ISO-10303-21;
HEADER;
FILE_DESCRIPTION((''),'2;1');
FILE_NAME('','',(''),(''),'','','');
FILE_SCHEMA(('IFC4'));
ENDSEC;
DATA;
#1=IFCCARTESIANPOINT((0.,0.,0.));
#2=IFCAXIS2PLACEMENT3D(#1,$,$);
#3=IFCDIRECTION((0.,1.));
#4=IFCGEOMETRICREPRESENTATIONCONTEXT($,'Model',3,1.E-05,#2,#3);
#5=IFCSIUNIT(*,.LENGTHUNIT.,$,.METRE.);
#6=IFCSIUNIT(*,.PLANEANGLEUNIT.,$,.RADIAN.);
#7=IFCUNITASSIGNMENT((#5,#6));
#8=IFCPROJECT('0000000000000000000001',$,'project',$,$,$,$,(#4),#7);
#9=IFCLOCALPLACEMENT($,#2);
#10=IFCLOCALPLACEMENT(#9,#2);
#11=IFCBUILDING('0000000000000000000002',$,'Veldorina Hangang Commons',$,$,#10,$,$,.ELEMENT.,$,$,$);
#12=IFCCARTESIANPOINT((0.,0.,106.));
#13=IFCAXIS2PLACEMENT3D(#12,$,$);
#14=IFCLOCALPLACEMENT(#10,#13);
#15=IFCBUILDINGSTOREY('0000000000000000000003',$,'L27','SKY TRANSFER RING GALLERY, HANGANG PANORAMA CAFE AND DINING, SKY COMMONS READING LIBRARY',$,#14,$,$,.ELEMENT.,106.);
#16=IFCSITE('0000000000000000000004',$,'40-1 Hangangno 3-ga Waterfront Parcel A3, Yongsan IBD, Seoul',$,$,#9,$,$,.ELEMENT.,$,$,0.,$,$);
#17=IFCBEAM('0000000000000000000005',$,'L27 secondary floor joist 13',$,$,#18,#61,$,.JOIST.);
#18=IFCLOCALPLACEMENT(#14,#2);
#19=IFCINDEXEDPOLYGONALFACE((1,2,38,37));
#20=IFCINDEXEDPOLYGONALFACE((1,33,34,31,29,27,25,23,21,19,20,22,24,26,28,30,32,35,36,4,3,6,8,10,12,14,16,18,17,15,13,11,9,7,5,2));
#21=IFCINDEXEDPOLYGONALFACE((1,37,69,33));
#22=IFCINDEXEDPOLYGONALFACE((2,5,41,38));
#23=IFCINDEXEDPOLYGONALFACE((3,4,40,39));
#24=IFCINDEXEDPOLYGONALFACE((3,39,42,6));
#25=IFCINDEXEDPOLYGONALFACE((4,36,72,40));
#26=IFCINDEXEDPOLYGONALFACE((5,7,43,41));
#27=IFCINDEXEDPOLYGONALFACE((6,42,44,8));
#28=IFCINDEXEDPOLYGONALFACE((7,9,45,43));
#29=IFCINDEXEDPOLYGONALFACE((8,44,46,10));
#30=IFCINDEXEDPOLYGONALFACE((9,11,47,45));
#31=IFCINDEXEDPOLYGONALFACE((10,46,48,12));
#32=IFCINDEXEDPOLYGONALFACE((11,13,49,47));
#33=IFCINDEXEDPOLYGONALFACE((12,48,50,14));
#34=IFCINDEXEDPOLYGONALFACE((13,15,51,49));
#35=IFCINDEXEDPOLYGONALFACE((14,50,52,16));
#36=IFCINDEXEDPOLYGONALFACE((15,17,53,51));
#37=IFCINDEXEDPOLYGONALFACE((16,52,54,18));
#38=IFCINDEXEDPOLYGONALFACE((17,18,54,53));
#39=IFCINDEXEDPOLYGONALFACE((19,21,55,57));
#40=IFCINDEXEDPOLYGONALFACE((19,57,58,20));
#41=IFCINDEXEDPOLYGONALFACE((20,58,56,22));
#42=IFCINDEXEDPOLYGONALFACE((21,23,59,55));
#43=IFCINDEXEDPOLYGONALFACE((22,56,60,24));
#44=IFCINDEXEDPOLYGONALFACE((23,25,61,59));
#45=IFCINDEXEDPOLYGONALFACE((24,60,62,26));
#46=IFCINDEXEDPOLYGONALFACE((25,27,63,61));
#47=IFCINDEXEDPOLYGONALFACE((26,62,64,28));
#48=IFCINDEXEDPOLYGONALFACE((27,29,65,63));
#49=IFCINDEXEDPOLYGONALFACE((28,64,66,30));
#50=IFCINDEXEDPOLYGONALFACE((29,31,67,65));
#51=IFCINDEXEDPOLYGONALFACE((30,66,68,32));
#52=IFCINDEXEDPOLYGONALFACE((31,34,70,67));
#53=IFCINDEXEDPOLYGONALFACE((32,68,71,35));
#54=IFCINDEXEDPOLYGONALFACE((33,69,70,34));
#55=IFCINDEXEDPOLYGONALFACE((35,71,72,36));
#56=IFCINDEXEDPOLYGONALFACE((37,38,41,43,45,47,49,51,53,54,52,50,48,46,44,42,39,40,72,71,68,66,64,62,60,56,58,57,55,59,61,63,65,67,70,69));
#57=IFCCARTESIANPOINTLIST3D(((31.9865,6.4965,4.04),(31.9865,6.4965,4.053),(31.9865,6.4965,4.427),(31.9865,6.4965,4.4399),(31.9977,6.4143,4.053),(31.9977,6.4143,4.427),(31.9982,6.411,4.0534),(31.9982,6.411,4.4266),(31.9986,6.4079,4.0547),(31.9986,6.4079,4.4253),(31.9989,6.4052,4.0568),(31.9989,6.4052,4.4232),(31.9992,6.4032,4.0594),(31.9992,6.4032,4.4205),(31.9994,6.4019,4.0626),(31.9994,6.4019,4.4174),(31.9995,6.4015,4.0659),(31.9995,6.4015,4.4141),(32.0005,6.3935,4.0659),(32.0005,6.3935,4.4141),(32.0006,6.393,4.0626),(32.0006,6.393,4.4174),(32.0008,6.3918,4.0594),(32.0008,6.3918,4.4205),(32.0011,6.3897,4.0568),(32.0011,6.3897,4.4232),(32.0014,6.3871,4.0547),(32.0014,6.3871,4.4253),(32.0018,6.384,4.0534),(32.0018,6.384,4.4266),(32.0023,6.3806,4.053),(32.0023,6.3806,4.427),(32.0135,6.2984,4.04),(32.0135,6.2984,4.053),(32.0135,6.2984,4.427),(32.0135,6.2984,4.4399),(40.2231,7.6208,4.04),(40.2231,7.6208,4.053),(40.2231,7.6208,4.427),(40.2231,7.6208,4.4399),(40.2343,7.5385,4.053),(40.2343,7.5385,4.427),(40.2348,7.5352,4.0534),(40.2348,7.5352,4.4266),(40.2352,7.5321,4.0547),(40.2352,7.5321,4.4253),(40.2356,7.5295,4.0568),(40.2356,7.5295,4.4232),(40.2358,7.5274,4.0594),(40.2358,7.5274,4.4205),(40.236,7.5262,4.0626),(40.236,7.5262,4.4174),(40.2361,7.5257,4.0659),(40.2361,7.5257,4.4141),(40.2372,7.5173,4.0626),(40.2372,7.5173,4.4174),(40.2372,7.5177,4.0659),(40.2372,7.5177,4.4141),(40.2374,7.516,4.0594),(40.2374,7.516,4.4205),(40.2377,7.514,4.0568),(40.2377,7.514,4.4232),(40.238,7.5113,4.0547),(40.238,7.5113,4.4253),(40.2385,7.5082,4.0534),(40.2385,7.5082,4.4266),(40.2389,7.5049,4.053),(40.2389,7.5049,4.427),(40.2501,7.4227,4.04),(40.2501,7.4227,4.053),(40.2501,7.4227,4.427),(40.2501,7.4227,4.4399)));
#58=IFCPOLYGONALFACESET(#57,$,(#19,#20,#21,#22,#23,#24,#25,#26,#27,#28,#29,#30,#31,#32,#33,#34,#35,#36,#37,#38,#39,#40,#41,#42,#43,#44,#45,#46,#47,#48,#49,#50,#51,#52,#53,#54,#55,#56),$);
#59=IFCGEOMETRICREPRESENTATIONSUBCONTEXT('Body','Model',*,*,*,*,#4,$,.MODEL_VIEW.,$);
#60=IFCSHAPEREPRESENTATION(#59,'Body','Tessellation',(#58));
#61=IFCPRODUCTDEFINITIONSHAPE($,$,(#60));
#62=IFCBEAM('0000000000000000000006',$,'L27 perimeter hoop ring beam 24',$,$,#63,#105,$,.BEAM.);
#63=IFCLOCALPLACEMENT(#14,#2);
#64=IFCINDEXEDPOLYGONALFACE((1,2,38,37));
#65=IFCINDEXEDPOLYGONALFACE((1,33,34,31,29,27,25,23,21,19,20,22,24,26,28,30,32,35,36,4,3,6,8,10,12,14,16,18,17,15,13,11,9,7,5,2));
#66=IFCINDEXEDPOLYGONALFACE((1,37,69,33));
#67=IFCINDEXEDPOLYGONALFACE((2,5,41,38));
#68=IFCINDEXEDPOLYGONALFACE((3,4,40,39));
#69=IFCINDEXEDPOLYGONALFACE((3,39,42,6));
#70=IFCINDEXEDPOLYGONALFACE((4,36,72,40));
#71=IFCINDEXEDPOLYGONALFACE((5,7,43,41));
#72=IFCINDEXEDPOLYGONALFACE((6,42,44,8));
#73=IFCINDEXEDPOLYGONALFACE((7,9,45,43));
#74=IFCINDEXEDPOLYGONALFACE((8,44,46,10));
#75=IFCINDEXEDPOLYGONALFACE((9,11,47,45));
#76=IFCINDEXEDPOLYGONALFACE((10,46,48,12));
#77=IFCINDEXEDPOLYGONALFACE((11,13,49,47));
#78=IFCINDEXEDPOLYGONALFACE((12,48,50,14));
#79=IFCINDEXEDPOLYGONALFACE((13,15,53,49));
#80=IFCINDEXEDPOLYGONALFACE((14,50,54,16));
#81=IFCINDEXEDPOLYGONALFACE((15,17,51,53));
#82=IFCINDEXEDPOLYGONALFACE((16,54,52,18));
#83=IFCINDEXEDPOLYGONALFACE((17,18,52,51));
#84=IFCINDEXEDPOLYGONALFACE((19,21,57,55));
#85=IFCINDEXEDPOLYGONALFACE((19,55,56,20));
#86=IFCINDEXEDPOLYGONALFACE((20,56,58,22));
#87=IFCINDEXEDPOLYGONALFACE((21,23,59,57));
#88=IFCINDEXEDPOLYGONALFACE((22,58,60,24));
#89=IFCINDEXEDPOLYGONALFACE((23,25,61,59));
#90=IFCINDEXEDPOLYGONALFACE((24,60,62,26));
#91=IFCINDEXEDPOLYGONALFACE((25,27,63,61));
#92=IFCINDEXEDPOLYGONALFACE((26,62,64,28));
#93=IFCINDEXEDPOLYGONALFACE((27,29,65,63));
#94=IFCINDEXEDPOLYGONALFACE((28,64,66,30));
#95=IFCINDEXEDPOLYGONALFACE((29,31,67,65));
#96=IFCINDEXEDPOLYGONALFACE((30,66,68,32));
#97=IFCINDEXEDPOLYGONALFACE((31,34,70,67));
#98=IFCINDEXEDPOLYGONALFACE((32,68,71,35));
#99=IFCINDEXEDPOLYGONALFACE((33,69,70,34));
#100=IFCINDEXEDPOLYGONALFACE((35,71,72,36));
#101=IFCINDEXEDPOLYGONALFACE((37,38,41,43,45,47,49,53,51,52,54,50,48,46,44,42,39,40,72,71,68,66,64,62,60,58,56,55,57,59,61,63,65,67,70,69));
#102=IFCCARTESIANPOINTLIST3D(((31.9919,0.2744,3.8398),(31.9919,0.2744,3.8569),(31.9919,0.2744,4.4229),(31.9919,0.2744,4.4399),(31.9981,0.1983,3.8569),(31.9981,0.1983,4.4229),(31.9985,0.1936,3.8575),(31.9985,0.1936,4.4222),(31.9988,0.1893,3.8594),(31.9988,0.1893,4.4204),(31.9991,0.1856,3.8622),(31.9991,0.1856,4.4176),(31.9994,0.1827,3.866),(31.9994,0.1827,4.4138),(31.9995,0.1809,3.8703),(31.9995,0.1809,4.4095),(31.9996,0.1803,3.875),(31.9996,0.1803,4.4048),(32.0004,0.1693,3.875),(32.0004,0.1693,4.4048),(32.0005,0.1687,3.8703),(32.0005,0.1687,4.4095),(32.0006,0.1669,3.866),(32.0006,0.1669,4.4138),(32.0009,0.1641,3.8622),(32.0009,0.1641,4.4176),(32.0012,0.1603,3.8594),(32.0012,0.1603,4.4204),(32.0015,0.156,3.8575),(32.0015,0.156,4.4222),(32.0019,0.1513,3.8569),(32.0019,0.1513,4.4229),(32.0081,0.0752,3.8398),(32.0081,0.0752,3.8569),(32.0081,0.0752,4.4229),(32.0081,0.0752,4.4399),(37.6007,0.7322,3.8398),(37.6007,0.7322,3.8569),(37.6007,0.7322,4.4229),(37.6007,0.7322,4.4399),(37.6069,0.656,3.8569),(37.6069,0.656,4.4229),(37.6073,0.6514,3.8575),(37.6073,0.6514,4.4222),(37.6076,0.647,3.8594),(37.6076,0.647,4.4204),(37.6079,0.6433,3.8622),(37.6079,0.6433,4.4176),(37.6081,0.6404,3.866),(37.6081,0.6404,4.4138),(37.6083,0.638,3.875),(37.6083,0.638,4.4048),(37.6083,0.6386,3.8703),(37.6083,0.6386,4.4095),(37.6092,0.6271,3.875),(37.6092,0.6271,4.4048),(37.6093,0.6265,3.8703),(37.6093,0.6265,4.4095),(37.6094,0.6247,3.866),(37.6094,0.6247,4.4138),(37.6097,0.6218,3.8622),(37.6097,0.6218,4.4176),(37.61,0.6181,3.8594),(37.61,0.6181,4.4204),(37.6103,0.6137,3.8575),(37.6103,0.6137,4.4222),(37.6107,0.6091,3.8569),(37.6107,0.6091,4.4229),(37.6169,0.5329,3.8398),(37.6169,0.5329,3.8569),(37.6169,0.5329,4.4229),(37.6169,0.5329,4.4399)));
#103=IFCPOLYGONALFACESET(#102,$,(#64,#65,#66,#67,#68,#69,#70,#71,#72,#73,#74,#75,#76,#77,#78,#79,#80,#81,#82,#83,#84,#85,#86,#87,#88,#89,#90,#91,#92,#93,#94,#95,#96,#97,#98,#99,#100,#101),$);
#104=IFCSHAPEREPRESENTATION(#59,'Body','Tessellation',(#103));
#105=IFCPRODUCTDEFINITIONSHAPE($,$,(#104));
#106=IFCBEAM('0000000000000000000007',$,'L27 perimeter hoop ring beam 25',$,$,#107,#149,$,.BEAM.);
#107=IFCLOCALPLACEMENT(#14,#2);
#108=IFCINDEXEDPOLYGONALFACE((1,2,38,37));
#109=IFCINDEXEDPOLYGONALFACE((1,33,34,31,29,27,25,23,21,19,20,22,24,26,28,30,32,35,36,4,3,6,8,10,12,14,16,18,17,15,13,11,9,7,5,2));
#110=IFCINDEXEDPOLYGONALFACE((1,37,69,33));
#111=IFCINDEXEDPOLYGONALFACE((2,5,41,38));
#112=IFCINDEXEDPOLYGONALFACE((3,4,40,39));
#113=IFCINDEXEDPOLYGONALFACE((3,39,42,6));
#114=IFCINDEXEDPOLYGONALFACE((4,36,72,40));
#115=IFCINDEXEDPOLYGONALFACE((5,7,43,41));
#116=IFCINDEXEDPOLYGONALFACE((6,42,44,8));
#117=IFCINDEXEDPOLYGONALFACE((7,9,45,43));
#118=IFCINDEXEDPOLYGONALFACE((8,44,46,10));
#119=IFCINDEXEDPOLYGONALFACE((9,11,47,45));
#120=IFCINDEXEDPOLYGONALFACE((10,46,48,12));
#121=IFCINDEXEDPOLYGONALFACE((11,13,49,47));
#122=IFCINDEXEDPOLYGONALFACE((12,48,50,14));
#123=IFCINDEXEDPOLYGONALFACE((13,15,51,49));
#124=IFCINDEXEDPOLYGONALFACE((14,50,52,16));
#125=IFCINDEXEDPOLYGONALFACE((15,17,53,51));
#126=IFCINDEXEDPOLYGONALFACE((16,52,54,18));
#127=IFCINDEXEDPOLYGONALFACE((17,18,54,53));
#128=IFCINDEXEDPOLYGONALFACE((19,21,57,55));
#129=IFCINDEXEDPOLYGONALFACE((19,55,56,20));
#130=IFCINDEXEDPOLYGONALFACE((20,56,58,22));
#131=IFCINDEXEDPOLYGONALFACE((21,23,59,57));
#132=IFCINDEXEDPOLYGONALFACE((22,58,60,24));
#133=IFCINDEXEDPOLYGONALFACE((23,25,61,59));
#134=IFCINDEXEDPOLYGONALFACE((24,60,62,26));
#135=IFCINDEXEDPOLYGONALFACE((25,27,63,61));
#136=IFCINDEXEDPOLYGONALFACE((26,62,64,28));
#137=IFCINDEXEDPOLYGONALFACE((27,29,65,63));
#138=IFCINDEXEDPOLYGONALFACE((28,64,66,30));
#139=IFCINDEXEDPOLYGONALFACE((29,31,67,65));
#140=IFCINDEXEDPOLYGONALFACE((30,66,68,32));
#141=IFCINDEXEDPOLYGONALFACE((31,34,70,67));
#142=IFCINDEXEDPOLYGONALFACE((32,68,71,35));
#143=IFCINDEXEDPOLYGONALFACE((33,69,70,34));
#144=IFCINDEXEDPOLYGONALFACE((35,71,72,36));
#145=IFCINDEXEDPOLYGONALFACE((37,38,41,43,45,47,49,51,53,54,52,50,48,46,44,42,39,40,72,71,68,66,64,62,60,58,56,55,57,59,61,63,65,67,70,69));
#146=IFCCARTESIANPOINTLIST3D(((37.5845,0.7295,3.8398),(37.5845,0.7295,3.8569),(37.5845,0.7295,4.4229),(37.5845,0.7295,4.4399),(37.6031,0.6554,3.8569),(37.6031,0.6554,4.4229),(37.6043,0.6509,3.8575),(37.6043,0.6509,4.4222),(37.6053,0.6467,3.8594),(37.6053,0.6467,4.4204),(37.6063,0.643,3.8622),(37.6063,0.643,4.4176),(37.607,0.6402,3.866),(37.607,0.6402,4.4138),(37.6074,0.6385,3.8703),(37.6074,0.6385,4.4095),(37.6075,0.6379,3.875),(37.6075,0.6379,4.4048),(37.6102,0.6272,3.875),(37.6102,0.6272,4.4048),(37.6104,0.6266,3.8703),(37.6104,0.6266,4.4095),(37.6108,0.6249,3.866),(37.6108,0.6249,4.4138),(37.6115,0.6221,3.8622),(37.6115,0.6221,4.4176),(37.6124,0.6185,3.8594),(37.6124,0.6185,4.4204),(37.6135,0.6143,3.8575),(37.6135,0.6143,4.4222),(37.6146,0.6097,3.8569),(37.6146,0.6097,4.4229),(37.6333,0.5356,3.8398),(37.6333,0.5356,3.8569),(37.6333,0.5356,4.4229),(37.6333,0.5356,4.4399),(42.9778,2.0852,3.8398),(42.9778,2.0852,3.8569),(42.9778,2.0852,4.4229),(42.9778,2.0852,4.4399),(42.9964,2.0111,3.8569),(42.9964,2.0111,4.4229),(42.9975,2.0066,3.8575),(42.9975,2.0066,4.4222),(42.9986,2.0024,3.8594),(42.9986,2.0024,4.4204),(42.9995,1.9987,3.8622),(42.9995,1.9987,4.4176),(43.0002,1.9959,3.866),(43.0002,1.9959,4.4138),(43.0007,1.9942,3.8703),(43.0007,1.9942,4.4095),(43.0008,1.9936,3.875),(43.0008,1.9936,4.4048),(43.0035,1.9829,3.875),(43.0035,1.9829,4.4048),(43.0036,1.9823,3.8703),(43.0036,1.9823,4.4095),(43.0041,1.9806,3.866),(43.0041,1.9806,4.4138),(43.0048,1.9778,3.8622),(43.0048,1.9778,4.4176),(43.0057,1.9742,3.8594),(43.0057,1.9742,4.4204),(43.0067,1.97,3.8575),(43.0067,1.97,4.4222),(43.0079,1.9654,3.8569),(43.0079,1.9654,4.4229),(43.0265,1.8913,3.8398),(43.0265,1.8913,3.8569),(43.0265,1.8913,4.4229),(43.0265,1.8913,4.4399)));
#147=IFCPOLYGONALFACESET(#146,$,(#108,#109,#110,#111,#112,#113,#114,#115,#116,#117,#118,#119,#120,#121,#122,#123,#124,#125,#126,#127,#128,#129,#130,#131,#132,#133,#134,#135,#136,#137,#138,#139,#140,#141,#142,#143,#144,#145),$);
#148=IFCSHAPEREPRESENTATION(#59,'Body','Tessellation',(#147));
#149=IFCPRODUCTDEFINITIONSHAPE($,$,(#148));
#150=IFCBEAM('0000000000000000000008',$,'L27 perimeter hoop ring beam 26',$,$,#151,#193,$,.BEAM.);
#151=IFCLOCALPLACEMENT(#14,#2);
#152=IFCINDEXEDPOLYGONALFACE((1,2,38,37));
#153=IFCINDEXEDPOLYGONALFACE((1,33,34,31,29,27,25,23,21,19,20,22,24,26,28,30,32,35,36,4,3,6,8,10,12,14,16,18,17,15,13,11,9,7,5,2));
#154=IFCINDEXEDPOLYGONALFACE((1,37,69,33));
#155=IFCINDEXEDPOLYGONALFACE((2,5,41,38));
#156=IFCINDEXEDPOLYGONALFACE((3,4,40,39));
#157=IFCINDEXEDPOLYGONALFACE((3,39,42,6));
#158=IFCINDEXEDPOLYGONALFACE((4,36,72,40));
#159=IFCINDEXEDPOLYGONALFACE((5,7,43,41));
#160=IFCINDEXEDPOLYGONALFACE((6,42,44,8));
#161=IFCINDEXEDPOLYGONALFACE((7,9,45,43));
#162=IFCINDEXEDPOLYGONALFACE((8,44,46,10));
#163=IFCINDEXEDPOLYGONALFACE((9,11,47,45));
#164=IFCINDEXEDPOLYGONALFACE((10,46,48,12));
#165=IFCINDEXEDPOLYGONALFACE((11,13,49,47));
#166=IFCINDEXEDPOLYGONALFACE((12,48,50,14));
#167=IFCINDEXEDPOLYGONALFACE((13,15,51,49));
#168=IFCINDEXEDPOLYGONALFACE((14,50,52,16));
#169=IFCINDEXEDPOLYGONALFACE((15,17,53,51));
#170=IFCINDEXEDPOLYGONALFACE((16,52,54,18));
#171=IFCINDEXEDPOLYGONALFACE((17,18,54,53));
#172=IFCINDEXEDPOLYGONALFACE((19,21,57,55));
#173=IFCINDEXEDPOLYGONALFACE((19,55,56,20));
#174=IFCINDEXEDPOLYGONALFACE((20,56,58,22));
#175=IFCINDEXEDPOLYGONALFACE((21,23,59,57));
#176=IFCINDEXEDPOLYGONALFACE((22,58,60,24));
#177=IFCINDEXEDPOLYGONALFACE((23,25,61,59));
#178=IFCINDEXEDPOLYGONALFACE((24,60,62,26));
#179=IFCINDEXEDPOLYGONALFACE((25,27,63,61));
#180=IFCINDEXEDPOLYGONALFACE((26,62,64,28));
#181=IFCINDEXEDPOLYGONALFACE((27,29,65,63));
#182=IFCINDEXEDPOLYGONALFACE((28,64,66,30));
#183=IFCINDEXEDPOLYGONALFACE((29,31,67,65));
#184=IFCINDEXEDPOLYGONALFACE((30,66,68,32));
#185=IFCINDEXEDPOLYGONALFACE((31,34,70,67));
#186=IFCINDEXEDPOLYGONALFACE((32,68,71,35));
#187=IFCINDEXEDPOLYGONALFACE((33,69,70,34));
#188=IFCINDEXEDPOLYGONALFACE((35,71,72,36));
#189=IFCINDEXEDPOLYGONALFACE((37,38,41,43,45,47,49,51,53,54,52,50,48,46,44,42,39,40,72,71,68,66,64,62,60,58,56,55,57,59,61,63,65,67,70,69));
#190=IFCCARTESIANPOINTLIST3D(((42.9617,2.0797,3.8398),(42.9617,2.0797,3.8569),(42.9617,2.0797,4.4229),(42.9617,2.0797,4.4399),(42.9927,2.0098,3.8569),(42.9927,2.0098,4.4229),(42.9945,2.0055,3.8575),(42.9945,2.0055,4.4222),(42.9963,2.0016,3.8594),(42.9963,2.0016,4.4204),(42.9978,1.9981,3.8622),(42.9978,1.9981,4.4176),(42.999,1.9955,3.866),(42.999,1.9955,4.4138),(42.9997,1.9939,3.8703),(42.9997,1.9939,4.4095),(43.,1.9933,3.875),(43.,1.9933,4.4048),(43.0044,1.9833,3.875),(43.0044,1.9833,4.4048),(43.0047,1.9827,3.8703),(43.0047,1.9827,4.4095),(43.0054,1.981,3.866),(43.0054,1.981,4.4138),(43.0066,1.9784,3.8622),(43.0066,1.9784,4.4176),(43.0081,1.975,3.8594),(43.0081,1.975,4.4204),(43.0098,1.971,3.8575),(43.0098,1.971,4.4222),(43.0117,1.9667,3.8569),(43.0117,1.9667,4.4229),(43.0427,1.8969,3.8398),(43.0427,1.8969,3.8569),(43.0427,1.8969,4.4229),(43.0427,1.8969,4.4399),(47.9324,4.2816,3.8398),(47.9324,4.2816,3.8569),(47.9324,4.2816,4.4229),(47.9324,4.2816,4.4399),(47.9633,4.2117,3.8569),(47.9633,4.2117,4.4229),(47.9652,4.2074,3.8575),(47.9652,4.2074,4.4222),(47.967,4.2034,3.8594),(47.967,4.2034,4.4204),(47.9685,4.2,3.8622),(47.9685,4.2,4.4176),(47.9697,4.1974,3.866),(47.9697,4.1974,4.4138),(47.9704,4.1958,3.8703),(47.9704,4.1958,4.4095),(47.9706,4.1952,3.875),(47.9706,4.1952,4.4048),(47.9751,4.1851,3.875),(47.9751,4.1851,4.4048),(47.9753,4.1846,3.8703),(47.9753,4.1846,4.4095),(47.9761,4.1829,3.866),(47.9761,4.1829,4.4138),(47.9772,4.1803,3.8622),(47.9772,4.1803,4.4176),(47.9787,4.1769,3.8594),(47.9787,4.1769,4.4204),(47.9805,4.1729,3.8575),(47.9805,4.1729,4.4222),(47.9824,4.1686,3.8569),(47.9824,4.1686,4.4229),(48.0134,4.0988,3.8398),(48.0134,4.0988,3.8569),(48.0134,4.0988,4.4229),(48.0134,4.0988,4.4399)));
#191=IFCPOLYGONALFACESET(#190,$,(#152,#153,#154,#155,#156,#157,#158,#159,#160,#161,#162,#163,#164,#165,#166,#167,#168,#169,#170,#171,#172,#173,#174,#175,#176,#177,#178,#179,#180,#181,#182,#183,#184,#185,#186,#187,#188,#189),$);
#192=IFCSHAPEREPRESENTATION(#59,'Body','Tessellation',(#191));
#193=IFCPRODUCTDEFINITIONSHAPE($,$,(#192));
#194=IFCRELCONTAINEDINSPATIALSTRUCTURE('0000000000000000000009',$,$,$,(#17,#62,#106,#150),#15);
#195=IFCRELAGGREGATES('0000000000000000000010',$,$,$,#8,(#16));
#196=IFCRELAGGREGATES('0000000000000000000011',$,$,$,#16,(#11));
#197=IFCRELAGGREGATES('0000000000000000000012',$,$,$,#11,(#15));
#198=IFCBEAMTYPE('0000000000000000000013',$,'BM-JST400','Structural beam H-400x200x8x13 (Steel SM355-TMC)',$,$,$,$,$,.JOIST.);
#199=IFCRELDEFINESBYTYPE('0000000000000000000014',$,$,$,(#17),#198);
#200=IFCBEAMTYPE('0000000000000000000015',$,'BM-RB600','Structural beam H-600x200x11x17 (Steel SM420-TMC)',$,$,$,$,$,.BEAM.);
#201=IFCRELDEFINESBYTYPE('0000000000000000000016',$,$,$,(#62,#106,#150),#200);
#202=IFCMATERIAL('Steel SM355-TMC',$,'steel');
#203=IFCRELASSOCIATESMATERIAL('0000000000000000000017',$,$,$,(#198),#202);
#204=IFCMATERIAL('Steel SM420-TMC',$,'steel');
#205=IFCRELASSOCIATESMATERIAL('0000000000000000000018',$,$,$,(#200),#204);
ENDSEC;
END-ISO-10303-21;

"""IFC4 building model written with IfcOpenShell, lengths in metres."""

from ifc_helpers import new_model, si_unit, direction, frame, origin, origin_2d, place, context, subcontext, project, spatial, i_section, extrude, material, material_profile, profile_set, type_object, element, save


model = new_model("IFC4")

# Units and contexts
model_context = context("Model", 3, precision=1e-05, world=origin(), true_north=direction((0.0, 1.0)))
body_context = subcontext(model_context, "Body", "Model", "MODEL_VIEW")
ifc_project = project(units=[si_unit("LENGTHUNIT", "METRE"), si_unit("PLANEANGLEUNIT", "RADIAN")], contexts=[model_context])

# Site, building, storey
site_placement = place(None, origin())
site = spatial("IfcSite", under=ifc_project, at=site_placement, Name="40-1 Hangangno 3-ga Waterfront Parcel A3, Yongsan IBD, Seoul", CompositionType="ELEMENT", RefElevation=0.0)
building_placement = place(site_placement, origin())
building = spatial("IfcBuilding", under=site, at=building_placement, Name="Veldorina Hangang Commons", CompositionType="ELEMENT")
storey_placement = place(building_placement, frame((0.0, 0.0, 106.0)))
storey = spatial("IfcBuildingStorey", under=building, at=storey_placement, Name="L27", Description="SKY TRANSFER RING GALLERY, HANGANG PANORAMA CAFE AND DINING, SKY COMMONS READING LIBRARY", CompositionType="ELEMENT", Elevation=106.0)

# Beams
ifc_material_1 = material(Name="Steel SM355-TMC", Category="steel")
ifc_material_profile_1 = material_profile(ifc_material_1, i_section(OverallWidth=0.2, OverallDepth=0.3999, WebThickness=0.0081, FlangeThickness=0.0129, FilletRadius=0.0129, at=origin_2d()), Name="H-400x200x8x13")
ifc_profile_set_1 = profile_set([ifc_material_profile_1], Name="Steel SM355-TMC")
beam_type_1 = type_object("IfcBeamType", Name="BM-JST400", Description="Structural beam H-400x200x8x13 (Steel SM355-TMC)", PredefinedType="JOIST", material=ifc_profile_set_1)
beam_1_placement = place(storey_placement, frame((32.0, 6.3975, 4.24), z_axis=(0.990812, 0.135243, 0.0), x_axis=(-0.135243, 0.990812, 0.0)))
element("IfcBeam", 1, at=beam_1_placement, inside=storey, type_object=beam_type_1, Name="L27 secondary floor joist 13", PredefinedType="JOIST", context=body_context, shape_type="SweptSolid", body=[
    extrude(i_section(OverallWidth=0.2, OverallDepth=0.3999, WebThickness=0.0081, FlangeThickness=0.0129, FilletRadius=0.0129, at=origin_2d()), origin(), (0.0, 0.0, 1.0), 8.313),
])
ifc_material_2 = material(Name="Steel SM420-TMC", Category="steel")
ifc_material_profile_2 = material_profile(ifc_material_2, i_section(OverallWidth=0.2, OverallDepth=0.6001, WebThickness=0.011, FlangeThickness=0.0171, FilletRadius=0.0181, at=origin_2d()), Name="H-600x200x11x17")
ifc_profile_set_2 = profile_set([ifc_material_profile_2], Name="Steel SM420-TMC")
beam_type_2 = type_object("IfcBeamType", Name="BM-RB600", Description="Structural beam H-600x200x11x17 (Steel SM420-TMC)", PredefinedType="BEAM", material=ifc_profile_set_2)
beam_2_placement = place(storey_placement, frame((32.0, 0.1748, 4.1399), z_axis=(0.996686, 0.081344, 0.0), x_axis=(-0.081344, 0.996686, 0.0)))
element("IfcBeam", 2, at=beam_2_placement, inside=storey, type_object=beam_type_2, Name="L27 perimeter hoop ring beam 24", PredefinedType="BEAM", context=body_context, shape_type="SweptSolid", body=[
    extrude(i_section(OverallWidth=0.2, OverallDepth=0.6001, WebThickness=0.011, FlangeThickness=0.0171, FilletRadius=0.0181, at=origin_2d()), origin(), (0.0, 0.0, 1.0), 5.6274),
])
beam_3_placement = place(storey_placement, frame((37.6089, 0.6326, 4.1399), z_axis=(0.969829, 0.243785, 0.0), x_axis=(-0.243785, 0.969829, 0.0)))
element("IfcBeam", 3, at=beam_3_placement, inside=storey, type_object=beam_type_2, Name="L27 perimeter hoop ring beam 25", PredefinedType="BEAM", context=body_context, shape_type="SweptSolid", body=[
    extrude(i_section(OverallWidth=0.2, OverallDepth=0.6001, WebThickness=0.011, FlangeThickness=0.0171, FilletRadius=0.0181, at=origin_2d()), origin(), (0.0, 0.0, 1.0), 5.561),
])
beam_4_placement = place(storey_placement, frame((43.0022, 1.9883, 4.1399), z_axis=(0.914309, 0.405017, 0.0), x_axis=(-0.405017, 0.914309, 0.0)))
element("IfcBeam", 4, at=beam_4_placement, inside=storey, type_object=beam_type_2, Name="L27 perimeter hoop ring beam 26", PredefinedType="BEAM", context=body_context, shape_type="SweptSolid", body=[
    extrude(i_section(OverallWidth=0.2, OverallDepth=0.6001, WebThickness=0.011, FlangeThickness=0.0171, FilletRadius=0.0181, at=origin_2d()), origin(), (0.0, 0.0, 1.0), 5.4365),
])

save(model, "model.ifc")
